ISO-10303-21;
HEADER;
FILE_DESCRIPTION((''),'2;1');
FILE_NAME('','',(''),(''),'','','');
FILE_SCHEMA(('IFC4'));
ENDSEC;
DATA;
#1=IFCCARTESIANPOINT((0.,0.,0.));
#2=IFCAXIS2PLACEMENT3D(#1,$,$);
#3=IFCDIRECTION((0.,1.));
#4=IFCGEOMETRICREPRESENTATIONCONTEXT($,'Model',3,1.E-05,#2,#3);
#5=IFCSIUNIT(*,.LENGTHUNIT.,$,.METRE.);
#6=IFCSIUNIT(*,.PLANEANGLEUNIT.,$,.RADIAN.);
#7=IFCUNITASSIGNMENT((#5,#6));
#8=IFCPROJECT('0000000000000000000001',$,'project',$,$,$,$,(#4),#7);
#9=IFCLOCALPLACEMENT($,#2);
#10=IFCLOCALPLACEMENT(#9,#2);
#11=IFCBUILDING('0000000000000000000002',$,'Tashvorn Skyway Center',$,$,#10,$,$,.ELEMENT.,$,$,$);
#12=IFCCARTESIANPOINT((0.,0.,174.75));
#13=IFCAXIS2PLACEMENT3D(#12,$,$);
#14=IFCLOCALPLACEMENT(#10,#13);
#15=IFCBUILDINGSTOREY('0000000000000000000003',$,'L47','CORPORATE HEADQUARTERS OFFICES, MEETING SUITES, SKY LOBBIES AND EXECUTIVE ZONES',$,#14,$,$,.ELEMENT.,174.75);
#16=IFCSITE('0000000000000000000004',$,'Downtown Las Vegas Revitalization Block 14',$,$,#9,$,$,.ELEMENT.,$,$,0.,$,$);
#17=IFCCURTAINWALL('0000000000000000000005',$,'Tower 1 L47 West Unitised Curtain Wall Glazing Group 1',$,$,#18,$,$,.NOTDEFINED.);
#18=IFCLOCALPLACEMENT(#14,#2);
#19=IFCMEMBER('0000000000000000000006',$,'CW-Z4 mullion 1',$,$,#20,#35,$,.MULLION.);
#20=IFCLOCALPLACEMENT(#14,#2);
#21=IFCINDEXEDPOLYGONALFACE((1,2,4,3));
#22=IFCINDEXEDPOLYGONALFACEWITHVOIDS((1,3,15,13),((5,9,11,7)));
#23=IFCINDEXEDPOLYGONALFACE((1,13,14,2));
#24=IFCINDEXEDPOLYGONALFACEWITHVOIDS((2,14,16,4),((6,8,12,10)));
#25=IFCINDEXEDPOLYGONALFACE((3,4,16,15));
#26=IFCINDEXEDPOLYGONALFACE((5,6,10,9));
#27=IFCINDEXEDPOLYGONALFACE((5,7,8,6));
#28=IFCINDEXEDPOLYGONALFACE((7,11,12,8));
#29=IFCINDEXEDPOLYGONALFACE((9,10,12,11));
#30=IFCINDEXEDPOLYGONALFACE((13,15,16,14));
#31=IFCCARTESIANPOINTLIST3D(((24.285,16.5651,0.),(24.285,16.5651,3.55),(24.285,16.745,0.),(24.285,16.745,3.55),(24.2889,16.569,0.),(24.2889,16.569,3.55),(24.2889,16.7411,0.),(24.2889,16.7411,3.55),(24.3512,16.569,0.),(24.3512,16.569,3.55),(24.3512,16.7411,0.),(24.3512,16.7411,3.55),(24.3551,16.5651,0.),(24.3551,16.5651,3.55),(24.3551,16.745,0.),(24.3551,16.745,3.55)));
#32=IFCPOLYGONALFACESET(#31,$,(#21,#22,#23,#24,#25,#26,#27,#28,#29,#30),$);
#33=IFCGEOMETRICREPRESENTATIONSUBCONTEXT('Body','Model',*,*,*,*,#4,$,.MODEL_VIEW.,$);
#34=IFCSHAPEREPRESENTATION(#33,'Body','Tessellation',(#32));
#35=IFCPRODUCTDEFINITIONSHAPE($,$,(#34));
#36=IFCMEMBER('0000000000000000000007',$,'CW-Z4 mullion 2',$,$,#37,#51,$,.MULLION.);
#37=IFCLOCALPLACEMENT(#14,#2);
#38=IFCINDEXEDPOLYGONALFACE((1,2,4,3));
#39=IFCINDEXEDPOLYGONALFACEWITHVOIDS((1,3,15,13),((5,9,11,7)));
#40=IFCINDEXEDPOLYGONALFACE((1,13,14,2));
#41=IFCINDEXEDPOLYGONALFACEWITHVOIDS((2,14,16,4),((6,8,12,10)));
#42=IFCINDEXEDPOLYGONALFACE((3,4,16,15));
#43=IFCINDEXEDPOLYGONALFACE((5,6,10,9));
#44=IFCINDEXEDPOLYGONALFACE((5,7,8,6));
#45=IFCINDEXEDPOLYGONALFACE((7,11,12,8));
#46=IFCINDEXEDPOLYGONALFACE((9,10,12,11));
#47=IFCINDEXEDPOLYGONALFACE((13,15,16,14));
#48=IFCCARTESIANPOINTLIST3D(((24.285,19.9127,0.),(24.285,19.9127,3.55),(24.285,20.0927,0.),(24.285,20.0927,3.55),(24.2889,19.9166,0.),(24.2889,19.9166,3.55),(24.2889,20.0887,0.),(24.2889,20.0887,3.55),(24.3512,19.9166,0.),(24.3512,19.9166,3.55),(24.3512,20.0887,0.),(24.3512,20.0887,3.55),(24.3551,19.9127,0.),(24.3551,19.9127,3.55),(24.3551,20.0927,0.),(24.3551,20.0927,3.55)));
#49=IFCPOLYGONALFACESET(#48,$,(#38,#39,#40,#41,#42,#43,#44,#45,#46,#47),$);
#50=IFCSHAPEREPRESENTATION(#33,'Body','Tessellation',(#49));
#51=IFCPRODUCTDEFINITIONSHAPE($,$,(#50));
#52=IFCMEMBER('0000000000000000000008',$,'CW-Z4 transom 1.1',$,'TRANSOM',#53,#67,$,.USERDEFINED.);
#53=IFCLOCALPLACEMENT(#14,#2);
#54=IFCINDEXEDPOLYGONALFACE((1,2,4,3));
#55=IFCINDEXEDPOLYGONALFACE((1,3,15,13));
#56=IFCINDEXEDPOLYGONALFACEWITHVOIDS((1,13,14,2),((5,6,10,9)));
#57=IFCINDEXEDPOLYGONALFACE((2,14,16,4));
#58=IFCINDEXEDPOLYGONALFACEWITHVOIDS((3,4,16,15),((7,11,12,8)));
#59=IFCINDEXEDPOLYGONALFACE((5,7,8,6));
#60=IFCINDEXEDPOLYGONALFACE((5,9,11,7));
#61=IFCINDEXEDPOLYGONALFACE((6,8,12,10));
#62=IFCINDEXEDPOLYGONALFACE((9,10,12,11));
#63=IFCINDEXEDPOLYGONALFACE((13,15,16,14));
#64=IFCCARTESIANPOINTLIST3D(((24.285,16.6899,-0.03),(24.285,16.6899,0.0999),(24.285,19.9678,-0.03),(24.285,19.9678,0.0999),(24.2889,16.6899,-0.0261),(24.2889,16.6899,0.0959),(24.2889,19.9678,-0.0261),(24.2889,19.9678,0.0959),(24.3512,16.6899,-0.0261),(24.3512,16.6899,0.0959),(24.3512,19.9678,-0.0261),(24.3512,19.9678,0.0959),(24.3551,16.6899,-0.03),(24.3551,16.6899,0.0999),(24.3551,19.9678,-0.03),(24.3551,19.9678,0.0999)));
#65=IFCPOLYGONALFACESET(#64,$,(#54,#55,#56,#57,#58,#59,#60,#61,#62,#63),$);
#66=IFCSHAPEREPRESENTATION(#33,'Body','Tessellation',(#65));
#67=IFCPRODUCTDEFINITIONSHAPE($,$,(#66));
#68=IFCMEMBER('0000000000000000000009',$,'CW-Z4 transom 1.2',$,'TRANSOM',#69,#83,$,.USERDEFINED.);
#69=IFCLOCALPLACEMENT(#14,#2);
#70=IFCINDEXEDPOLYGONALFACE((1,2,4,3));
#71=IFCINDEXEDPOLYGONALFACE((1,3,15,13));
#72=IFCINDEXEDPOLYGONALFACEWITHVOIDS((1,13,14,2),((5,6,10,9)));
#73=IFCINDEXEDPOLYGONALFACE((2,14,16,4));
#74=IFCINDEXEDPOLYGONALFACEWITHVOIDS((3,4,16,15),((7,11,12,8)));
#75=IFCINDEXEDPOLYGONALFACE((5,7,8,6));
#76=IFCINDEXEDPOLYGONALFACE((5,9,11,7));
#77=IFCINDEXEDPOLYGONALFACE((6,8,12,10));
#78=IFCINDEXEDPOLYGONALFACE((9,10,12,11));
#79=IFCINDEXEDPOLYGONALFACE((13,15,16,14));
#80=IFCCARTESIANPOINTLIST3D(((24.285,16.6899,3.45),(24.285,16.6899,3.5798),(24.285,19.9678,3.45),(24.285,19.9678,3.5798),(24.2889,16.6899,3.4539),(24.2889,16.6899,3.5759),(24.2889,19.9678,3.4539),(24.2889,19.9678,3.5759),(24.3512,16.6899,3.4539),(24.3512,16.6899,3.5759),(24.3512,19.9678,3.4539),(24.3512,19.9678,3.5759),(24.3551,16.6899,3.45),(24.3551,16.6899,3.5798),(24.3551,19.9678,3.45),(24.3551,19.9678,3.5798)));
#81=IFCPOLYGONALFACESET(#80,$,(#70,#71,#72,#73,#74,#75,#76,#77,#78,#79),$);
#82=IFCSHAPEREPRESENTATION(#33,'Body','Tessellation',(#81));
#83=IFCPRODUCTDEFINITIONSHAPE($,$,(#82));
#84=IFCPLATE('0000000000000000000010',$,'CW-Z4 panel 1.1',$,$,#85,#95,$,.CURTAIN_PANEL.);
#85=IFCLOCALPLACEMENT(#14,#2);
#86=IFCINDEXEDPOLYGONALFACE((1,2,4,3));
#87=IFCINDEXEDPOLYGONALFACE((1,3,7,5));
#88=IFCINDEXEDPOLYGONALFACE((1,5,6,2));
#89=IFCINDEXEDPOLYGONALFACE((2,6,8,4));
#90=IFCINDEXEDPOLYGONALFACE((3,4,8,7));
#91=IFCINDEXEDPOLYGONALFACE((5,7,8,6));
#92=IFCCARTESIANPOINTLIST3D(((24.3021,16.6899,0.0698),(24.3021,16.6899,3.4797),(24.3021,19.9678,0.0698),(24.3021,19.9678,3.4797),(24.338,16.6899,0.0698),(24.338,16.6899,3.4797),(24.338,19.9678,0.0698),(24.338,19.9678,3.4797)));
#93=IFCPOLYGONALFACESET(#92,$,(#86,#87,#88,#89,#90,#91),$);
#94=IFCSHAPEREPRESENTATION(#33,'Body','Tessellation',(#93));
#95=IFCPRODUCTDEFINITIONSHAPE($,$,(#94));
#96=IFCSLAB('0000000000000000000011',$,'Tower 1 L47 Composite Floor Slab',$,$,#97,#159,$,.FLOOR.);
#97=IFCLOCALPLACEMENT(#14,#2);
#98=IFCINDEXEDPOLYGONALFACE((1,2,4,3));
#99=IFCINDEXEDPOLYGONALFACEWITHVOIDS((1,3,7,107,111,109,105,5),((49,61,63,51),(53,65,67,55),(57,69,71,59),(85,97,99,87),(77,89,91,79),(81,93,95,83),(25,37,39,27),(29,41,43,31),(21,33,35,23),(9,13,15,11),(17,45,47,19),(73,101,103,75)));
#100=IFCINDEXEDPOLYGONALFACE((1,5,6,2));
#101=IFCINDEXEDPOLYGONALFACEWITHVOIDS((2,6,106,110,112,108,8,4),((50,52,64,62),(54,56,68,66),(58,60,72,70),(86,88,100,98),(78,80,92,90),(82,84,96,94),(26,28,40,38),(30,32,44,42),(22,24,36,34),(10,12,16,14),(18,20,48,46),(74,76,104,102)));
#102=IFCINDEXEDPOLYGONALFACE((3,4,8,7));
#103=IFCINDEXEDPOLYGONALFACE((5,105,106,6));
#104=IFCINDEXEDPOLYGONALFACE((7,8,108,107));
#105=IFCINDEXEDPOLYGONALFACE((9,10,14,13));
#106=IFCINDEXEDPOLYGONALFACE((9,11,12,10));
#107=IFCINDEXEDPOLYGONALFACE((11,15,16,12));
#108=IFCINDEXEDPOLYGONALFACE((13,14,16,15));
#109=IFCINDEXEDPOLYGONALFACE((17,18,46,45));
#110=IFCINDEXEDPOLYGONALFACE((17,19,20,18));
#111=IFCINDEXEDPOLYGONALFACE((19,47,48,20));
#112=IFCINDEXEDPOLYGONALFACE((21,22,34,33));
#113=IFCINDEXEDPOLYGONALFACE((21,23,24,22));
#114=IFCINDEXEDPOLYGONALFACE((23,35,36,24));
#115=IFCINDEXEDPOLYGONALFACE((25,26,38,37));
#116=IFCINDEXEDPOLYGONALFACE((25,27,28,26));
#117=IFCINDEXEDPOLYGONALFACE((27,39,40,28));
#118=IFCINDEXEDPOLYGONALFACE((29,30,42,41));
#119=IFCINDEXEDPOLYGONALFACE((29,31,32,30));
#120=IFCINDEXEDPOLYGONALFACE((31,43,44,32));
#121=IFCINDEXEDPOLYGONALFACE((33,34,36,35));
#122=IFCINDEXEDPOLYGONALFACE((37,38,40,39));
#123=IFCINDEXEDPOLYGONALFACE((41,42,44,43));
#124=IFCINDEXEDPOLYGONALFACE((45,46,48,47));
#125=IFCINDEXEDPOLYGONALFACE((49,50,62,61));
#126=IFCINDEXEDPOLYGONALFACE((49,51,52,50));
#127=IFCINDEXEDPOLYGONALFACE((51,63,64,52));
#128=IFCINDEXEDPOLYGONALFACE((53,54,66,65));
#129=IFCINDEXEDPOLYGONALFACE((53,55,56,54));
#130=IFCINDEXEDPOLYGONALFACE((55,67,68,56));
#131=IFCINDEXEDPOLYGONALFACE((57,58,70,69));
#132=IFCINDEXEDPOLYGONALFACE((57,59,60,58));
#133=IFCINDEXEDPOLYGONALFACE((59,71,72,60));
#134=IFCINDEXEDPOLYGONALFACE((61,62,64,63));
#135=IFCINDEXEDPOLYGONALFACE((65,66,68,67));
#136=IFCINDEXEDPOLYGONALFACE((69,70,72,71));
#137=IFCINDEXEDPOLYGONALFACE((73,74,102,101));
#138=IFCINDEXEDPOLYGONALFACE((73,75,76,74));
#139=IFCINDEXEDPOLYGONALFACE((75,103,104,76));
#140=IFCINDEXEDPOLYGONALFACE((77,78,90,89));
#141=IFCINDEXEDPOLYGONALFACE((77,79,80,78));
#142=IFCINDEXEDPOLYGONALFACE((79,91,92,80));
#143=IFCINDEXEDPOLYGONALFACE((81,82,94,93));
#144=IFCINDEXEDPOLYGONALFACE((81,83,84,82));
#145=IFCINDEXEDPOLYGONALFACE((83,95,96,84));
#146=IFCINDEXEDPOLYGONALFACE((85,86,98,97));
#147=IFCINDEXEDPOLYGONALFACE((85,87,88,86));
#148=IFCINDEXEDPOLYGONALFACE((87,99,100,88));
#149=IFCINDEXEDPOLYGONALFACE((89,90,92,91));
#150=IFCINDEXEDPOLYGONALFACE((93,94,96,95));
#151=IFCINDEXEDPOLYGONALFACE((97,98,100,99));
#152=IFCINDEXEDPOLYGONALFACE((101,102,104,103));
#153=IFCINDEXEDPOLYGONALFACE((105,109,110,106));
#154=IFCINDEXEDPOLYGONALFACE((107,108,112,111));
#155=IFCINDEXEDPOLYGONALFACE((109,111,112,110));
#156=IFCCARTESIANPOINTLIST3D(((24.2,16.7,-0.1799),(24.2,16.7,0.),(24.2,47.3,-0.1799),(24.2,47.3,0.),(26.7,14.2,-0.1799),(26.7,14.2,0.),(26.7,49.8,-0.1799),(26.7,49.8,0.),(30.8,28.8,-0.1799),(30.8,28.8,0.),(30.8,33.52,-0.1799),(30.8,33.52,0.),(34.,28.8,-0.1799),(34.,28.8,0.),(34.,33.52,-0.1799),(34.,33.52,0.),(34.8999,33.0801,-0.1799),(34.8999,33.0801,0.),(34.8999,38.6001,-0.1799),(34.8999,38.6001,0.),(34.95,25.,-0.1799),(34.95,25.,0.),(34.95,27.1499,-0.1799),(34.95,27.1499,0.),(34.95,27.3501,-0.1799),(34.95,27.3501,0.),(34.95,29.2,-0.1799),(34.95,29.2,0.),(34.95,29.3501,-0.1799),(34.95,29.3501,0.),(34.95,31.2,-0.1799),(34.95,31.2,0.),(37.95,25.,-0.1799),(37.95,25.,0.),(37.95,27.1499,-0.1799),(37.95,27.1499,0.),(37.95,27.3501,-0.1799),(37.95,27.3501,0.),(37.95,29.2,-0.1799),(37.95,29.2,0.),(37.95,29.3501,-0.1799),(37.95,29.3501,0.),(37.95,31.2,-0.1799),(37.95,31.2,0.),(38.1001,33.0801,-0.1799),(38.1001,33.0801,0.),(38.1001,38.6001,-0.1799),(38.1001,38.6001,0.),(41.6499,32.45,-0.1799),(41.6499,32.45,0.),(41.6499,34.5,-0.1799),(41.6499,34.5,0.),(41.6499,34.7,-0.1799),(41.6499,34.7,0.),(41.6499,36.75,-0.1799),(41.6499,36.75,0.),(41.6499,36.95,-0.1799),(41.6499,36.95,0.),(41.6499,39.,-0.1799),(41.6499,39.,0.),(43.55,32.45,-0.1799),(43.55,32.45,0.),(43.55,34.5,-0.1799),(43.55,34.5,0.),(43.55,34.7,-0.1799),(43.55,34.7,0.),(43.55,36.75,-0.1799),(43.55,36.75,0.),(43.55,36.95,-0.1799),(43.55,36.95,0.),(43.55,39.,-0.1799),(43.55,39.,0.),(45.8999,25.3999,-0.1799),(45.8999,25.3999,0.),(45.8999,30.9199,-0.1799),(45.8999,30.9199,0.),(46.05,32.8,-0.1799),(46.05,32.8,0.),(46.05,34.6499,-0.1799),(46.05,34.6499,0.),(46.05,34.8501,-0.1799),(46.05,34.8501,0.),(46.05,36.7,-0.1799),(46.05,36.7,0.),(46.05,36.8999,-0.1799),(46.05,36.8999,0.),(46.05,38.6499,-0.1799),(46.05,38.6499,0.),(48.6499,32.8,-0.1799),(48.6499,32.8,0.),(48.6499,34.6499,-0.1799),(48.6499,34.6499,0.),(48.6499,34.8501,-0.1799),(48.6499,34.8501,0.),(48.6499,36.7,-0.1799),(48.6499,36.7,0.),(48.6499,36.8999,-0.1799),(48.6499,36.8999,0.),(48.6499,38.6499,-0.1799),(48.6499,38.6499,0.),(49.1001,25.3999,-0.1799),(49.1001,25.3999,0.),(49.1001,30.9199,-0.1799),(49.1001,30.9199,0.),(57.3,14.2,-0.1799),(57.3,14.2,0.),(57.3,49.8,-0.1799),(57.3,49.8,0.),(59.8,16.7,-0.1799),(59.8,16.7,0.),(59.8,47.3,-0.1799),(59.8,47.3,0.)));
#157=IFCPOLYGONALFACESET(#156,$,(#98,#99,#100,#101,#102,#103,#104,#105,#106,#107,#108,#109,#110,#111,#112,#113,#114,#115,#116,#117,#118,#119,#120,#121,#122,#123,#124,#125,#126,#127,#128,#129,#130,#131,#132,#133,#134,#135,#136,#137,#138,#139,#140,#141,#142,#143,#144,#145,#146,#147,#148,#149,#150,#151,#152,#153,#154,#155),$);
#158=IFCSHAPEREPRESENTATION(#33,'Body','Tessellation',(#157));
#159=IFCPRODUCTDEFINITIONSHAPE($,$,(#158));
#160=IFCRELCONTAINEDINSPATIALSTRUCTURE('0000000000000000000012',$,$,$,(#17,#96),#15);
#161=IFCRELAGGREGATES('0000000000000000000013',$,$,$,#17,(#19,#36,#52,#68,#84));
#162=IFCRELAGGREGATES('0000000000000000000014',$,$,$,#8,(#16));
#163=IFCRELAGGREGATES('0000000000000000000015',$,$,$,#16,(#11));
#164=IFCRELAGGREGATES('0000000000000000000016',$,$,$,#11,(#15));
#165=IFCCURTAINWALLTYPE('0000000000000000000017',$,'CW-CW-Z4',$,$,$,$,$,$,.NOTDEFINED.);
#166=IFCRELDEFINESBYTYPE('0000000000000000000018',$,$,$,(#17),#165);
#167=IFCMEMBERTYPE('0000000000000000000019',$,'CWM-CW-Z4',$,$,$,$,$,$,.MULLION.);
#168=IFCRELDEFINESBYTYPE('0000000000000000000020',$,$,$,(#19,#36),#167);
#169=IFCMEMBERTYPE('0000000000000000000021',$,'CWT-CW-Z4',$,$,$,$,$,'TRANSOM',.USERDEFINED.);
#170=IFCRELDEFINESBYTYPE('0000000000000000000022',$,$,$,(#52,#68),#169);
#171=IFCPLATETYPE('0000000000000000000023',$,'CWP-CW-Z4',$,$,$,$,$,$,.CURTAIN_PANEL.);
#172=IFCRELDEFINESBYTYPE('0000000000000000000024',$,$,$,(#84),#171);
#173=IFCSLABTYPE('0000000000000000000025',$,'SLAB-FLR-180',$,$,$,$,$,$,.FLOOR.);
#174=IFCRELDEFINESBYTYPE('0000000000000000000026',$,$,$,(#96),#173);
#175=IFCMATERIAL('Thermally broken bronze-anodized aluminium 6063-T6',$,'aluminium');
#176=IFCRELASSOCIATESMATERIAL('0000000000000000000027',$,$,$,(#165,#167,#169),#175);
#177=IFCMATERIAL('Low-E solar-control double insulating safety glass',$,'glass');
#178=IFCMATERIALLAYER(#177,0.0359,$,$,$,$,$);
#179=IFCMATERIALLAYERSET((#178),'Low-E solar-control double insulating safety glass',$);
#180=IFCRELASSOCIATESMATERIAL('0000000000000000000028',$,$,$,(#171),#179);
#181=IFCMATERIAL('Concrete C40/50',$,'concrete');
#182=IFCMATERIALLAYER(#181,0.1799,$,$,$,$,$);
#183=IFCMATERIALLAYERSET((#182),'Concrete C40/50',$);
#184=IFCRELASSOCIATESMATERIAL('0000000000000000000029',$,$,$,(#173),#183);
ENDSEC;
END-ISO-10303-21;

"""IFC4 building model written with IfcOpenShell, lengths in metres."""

from ifc_helpers import new_model, si_unit, direction, frame, origin, origin_2d, place, context, subcontext, project, spatial, polyline, rectangle, hollow_rectangle, outline, extrude, material, layer, layer_set, material_profile, profile_set, type_object, element, aggregate, save


model = new_model("IFC4")

# Units and contexts
model_context = context("Model", 3, precision=1e-05, world=origin(), true_north=direction((0.0, 1.0)))
body_context = subcontext(model_context, "Body", "Model", "MODEL_VIEW")
ifc_project = project(units=[si_unit("LENGTHUNIT", "METRE"), si_unit("PLANEANGLEUNIT", "RADIAN")], contexts=[model_context])

# Site, building, storey
site_placement = place(None, origin())
site = spatial("IfcSite", under=ifc_project, at=site_placement, Name="Downtown Las Vegas Revitalization Block 14", CompositionType="ELEMENT", RefElevation=0.0)
building_placement = place(site_placement, origin())
building = spatial("IfcBuilding", under=site, at=building_placement, Name="Tashvorn Skyway Center", CompositionType="ELEMENT")
storey_placement = place(building_placement, frame((0.0, 0.0, 174.75)))
storey = spatial("IfcBuildingStorey", under=building, at=storey_placement, Name="L47", Description="CORPORATE HEADQUARTERS OFFICES, MEETING SUITES, SKY LOBBIES AND EXECUTIVE ZONES", CompositionType="ELEMENT", Elevation=174.75)

# Curtain wall, members, plate
ifc_material_1 = material(Name="Thermally broken bronze-anodized aluminium 6063-T6", Category="aluminium")
curtain_wall_type = type_object("IfcCurtainWallType", Name="CW-CW-Z4", PredefinedType="NOTDEFINED", material=ifc_material_1)
curtain_wall_placement = place(storey_placement, origin())
curtain_wall = element("IfcCurtainWall", 1, at=curtain_wall_placement, inside=storey, type_object=curtain_wall_type, Name="Tower 1 L47 West Unitised Curtain Wall Glazing Group 1", PredefinedType="NOTDEFINED")
ifc_material_profile_1 = material_profile(ifc_material_1, hollow_rectangle(XDim=0.0701, YDim=0.1799, WallThickness=0.0039, at=origin_2d()), Name="ALU-MULL-70x180")
ifc_profile_set_1 = profile_set([ifc_material_profile_1], Name="Thermally broken bronze-anodized aluminium 6063-T6")
member_type_1 = type_object("IfcMemberType", Name="CWM-CW-Z4", PredefinedType="MULLION", material=ifc_profile_set_1)
member_1_placement = place(storey_placement, frame((24.3201, 16.655, 0.0), z_axis=(0.0, 0.0, 1.0), x_axis=(-1.0, 0.0, 0.0)))
member_1 = element("IfcMember", 2, at=member_1_placement, type_object=member_type_1, Name="CW-Z4 mullion 1", PredefinedType="MULLION", context=body_context, shape_type="SweptSolid", body=[
    extrude(hollow_rectangle(XDim=0.0701, YDim=0.1799, WallThickness=0.0039, at=origin_2d()), origin(), (0.0, 0.0, 1.0), 3.55),
])
member_2_placement = place(storey_placement, frame((24.3201, 20.0027, 0.0), z_axis=(0.0, 0.0, 1.0), x_axis=(-1.0, 0.0, 0.0)))
member_2 = element("IfcMember", 3, at=member_2_placement, type_object=member_type_1, Name="CW-Z4 mullion 2", PredefinedType="MULLION", context=body_context, shape_type="SweptSolid", body=[
    extrude(hollow_rectangle(XDim=0.0701, YDim=0.1799, WallThickness=0.0039, at=origin_2d()), origin(), (0.0, 0.0, 1.0), 3.55),
])
ifc_material_profile_2 = material_profile(ifc_material_1, hollow_rectangle(XDim=0.0701, YDim=0.1299, WallThickness=0.0039, at=origin_2d()), Name="ALU-TRAN-70x130")
ifc_profile_set_2 = profile_set([ifc_material_profile_2], Name="Thermally broken bronze-anodized aluminium 6063-T6")
member_type_2 = type_object("IfcMemberType", Name="CWT-CW-Z4", ElementType="TRANSOM", PredefinedType="USERDEFINED", material=ifc_profile_set_2)
member_3_placement = place(storey_placement, frame((24.3201, 16.6899, 0.0349), z_axis=(0.0, 1.0, 0.0), x_axis=(-1.0, 0.0, 0.0)))
member_3 = element("IfcMember", 4, at=member_3_placement, type_object=member_type_2, Name="CW-Z4 transom 1.1", ObjectType="TRANSOM", PredefinedType="USERDEFINED", context=body_context, shape_type="SweptSolid", body=[
    extrude(hollow_rectangle(XDim=0.0701, YDim=0.1299, WallThickness=0.0039, at=origin_2d()), origin(), (0.0, 0.0, 1.0), 3.2778),
])
member_4_placement = place(storey_placement, frame((24.3201, 16.6899, 3.5149), z_axis=(0.0, 1.0, 0.0), x_axis=(-1.0, 0.0, 0.0)))
member_4 = element("IfcMember", 5, at=member_4_placement, type_object=member_type_2, Name="CW-Z4 transom 1.2", ObjectType="TRANSOM", PredefinedType="USERDEFINED", context=body_context, shape_type="SweptSolid", body=[
    extrude(hollow_rectangle(XDim=0.0701, YDim=0.1299, WallThickness=0.0039, at=origin_2d()), origin(), (0.0, 0.0, 1.0), 3.2778),
])
ifc_material_2 = material(Name="Low-E solar-control double insulating safety glass", Category="glass")
ifc_layer_1 = layer(ifc_material_2, 0.0359)
ifc_layer_set_1 = layer_set([ifc_layer_1], Name="Low-E solar-control double insulating safety glass")
plate_type = type_object("IfcPlateType", Name="CWP-CW-Z4", PredefinedType="CURTAIN_PANEL", material=ifc_layer_set_1)
plate_placement = place(storey_placement, frame((24.3201, 18.3289, 0.0698), z_axis=(0.0, 0.0, 1.0), x_axis=(0.0, 1.0, 0.0)))
plate = element("IfcPlate", 6, at=plate_placement, type_object=plate_type, Name="CW-Z4 panel 1.1", PredefinedType="CURTAIN_PANEL", context=body_context, shape_type="SweptSolid", body=[
    extrude(rectangle(XDim=3.2778, YDim=0.0359, at=origin_2d()), origin(), (0.0, 0.0, 1.0), 3.4099),
])
aggregate(curtain_wall, [member_1, member_2, member_3, member_4, plate])

# Slab
ifc_material_3 = material(Name="Concrete C40/50", Category="concrete")
ifc_layer_2 = layer(ifc_material_3, 0.1799)
ifc_layer_set_2 = layer_set([ifc_layer_2], Name="Concrete C40/50")
slab_type_1 = type_object("IfcSlabType", Name="SLAB-FLR-180", PredefinedType="FLOOR", material=ifc_layer_set_2)
slab_1_placement = place(storey_placement, frame((0.0, 0.0, -0.1799)))
element("IfcSlab", 7, at=slab_1_placement, inside=storey, type_object=slab_type_1, Name="Tower 1 L47 Composite Floor Slab", PredefinedType="FLOOR", context=body_context, shape_type="SweptSolid", body=[
    extrude(outline(polyline([(26.7, 14.2), (57.3, 14.2), (59.8, 16.7), (59.8, 47.3), (57.3, 49.8), (26.7, 49.8), (24.2, 47.3), (24.2, 16.7), (26.7, 14.2)]), holes=[polyline([(38.1001, 33.0801), (38.1001, 38.6001), (34.8999, 38.6001), (34.8999, 33.0801), (38.1001, 33.0801)]), polyline([(45.8999, 30.9199), (45.8999, 25.3999), (49.1001, 25.3999), (49.1001, 30.9199), (45.8999, 30.9199)]), polyline([(30.8, 33.52), (30.8, 28.8), (34.0, 28.8), (34.0, 33.52), (30.8, 33.52)]), polyline([(34.95, 29.3501), (37.95, 29.3501), (37.95, 31.2), (34.95, 31.2), (34.95, 29.3501)]), polyline([(34.95, 27.3501), (37.95, 27.3501), (37.95, 29.2), (34.95, 29.2), (34.95, 27.3501)]), polyline([(34.95, 25.0), (37.95, 25.0), (37.95, 27.1499), (34.95, 27.1499), (34.95, 25.0)]), polyline([(41.6499, 32.45), (43.55, 32.45), (43.55, 34.5), (41.6499, 34.5), (41.6499, 32.45)]), polyline([(41.6499, 34.7), (43.55, 34.7), (43.55, 36.75), (41.6499, 36.75), (41.6499, 34.7)]), polyline([(41.6499, 36.95), (43.55, 36.95), (43.55, 39.0), (41.6499, 39.0), (41.6499, 36.95)]), polyline([(46.05, 32.8), (48.6499, 32.8), (48.6499, 34.6499), (46.05, 34.6499), (46.05, 32.8)]), polyline([(46.05, 34.8501), (48.6499, 34.8501), (48.6499, 36.7), (46.05, 36.7), (46.05, 34.8501)]), polyline([(46.05, 36.8999), (48.6499, 36.8999), (48.6499, 38.6499), (46.05, 38.6499), (46.05, 36.8999)])]), origin(), (0.0, 0.0, 1.0), 0.1799),
])

save(model, "model.ifc")
